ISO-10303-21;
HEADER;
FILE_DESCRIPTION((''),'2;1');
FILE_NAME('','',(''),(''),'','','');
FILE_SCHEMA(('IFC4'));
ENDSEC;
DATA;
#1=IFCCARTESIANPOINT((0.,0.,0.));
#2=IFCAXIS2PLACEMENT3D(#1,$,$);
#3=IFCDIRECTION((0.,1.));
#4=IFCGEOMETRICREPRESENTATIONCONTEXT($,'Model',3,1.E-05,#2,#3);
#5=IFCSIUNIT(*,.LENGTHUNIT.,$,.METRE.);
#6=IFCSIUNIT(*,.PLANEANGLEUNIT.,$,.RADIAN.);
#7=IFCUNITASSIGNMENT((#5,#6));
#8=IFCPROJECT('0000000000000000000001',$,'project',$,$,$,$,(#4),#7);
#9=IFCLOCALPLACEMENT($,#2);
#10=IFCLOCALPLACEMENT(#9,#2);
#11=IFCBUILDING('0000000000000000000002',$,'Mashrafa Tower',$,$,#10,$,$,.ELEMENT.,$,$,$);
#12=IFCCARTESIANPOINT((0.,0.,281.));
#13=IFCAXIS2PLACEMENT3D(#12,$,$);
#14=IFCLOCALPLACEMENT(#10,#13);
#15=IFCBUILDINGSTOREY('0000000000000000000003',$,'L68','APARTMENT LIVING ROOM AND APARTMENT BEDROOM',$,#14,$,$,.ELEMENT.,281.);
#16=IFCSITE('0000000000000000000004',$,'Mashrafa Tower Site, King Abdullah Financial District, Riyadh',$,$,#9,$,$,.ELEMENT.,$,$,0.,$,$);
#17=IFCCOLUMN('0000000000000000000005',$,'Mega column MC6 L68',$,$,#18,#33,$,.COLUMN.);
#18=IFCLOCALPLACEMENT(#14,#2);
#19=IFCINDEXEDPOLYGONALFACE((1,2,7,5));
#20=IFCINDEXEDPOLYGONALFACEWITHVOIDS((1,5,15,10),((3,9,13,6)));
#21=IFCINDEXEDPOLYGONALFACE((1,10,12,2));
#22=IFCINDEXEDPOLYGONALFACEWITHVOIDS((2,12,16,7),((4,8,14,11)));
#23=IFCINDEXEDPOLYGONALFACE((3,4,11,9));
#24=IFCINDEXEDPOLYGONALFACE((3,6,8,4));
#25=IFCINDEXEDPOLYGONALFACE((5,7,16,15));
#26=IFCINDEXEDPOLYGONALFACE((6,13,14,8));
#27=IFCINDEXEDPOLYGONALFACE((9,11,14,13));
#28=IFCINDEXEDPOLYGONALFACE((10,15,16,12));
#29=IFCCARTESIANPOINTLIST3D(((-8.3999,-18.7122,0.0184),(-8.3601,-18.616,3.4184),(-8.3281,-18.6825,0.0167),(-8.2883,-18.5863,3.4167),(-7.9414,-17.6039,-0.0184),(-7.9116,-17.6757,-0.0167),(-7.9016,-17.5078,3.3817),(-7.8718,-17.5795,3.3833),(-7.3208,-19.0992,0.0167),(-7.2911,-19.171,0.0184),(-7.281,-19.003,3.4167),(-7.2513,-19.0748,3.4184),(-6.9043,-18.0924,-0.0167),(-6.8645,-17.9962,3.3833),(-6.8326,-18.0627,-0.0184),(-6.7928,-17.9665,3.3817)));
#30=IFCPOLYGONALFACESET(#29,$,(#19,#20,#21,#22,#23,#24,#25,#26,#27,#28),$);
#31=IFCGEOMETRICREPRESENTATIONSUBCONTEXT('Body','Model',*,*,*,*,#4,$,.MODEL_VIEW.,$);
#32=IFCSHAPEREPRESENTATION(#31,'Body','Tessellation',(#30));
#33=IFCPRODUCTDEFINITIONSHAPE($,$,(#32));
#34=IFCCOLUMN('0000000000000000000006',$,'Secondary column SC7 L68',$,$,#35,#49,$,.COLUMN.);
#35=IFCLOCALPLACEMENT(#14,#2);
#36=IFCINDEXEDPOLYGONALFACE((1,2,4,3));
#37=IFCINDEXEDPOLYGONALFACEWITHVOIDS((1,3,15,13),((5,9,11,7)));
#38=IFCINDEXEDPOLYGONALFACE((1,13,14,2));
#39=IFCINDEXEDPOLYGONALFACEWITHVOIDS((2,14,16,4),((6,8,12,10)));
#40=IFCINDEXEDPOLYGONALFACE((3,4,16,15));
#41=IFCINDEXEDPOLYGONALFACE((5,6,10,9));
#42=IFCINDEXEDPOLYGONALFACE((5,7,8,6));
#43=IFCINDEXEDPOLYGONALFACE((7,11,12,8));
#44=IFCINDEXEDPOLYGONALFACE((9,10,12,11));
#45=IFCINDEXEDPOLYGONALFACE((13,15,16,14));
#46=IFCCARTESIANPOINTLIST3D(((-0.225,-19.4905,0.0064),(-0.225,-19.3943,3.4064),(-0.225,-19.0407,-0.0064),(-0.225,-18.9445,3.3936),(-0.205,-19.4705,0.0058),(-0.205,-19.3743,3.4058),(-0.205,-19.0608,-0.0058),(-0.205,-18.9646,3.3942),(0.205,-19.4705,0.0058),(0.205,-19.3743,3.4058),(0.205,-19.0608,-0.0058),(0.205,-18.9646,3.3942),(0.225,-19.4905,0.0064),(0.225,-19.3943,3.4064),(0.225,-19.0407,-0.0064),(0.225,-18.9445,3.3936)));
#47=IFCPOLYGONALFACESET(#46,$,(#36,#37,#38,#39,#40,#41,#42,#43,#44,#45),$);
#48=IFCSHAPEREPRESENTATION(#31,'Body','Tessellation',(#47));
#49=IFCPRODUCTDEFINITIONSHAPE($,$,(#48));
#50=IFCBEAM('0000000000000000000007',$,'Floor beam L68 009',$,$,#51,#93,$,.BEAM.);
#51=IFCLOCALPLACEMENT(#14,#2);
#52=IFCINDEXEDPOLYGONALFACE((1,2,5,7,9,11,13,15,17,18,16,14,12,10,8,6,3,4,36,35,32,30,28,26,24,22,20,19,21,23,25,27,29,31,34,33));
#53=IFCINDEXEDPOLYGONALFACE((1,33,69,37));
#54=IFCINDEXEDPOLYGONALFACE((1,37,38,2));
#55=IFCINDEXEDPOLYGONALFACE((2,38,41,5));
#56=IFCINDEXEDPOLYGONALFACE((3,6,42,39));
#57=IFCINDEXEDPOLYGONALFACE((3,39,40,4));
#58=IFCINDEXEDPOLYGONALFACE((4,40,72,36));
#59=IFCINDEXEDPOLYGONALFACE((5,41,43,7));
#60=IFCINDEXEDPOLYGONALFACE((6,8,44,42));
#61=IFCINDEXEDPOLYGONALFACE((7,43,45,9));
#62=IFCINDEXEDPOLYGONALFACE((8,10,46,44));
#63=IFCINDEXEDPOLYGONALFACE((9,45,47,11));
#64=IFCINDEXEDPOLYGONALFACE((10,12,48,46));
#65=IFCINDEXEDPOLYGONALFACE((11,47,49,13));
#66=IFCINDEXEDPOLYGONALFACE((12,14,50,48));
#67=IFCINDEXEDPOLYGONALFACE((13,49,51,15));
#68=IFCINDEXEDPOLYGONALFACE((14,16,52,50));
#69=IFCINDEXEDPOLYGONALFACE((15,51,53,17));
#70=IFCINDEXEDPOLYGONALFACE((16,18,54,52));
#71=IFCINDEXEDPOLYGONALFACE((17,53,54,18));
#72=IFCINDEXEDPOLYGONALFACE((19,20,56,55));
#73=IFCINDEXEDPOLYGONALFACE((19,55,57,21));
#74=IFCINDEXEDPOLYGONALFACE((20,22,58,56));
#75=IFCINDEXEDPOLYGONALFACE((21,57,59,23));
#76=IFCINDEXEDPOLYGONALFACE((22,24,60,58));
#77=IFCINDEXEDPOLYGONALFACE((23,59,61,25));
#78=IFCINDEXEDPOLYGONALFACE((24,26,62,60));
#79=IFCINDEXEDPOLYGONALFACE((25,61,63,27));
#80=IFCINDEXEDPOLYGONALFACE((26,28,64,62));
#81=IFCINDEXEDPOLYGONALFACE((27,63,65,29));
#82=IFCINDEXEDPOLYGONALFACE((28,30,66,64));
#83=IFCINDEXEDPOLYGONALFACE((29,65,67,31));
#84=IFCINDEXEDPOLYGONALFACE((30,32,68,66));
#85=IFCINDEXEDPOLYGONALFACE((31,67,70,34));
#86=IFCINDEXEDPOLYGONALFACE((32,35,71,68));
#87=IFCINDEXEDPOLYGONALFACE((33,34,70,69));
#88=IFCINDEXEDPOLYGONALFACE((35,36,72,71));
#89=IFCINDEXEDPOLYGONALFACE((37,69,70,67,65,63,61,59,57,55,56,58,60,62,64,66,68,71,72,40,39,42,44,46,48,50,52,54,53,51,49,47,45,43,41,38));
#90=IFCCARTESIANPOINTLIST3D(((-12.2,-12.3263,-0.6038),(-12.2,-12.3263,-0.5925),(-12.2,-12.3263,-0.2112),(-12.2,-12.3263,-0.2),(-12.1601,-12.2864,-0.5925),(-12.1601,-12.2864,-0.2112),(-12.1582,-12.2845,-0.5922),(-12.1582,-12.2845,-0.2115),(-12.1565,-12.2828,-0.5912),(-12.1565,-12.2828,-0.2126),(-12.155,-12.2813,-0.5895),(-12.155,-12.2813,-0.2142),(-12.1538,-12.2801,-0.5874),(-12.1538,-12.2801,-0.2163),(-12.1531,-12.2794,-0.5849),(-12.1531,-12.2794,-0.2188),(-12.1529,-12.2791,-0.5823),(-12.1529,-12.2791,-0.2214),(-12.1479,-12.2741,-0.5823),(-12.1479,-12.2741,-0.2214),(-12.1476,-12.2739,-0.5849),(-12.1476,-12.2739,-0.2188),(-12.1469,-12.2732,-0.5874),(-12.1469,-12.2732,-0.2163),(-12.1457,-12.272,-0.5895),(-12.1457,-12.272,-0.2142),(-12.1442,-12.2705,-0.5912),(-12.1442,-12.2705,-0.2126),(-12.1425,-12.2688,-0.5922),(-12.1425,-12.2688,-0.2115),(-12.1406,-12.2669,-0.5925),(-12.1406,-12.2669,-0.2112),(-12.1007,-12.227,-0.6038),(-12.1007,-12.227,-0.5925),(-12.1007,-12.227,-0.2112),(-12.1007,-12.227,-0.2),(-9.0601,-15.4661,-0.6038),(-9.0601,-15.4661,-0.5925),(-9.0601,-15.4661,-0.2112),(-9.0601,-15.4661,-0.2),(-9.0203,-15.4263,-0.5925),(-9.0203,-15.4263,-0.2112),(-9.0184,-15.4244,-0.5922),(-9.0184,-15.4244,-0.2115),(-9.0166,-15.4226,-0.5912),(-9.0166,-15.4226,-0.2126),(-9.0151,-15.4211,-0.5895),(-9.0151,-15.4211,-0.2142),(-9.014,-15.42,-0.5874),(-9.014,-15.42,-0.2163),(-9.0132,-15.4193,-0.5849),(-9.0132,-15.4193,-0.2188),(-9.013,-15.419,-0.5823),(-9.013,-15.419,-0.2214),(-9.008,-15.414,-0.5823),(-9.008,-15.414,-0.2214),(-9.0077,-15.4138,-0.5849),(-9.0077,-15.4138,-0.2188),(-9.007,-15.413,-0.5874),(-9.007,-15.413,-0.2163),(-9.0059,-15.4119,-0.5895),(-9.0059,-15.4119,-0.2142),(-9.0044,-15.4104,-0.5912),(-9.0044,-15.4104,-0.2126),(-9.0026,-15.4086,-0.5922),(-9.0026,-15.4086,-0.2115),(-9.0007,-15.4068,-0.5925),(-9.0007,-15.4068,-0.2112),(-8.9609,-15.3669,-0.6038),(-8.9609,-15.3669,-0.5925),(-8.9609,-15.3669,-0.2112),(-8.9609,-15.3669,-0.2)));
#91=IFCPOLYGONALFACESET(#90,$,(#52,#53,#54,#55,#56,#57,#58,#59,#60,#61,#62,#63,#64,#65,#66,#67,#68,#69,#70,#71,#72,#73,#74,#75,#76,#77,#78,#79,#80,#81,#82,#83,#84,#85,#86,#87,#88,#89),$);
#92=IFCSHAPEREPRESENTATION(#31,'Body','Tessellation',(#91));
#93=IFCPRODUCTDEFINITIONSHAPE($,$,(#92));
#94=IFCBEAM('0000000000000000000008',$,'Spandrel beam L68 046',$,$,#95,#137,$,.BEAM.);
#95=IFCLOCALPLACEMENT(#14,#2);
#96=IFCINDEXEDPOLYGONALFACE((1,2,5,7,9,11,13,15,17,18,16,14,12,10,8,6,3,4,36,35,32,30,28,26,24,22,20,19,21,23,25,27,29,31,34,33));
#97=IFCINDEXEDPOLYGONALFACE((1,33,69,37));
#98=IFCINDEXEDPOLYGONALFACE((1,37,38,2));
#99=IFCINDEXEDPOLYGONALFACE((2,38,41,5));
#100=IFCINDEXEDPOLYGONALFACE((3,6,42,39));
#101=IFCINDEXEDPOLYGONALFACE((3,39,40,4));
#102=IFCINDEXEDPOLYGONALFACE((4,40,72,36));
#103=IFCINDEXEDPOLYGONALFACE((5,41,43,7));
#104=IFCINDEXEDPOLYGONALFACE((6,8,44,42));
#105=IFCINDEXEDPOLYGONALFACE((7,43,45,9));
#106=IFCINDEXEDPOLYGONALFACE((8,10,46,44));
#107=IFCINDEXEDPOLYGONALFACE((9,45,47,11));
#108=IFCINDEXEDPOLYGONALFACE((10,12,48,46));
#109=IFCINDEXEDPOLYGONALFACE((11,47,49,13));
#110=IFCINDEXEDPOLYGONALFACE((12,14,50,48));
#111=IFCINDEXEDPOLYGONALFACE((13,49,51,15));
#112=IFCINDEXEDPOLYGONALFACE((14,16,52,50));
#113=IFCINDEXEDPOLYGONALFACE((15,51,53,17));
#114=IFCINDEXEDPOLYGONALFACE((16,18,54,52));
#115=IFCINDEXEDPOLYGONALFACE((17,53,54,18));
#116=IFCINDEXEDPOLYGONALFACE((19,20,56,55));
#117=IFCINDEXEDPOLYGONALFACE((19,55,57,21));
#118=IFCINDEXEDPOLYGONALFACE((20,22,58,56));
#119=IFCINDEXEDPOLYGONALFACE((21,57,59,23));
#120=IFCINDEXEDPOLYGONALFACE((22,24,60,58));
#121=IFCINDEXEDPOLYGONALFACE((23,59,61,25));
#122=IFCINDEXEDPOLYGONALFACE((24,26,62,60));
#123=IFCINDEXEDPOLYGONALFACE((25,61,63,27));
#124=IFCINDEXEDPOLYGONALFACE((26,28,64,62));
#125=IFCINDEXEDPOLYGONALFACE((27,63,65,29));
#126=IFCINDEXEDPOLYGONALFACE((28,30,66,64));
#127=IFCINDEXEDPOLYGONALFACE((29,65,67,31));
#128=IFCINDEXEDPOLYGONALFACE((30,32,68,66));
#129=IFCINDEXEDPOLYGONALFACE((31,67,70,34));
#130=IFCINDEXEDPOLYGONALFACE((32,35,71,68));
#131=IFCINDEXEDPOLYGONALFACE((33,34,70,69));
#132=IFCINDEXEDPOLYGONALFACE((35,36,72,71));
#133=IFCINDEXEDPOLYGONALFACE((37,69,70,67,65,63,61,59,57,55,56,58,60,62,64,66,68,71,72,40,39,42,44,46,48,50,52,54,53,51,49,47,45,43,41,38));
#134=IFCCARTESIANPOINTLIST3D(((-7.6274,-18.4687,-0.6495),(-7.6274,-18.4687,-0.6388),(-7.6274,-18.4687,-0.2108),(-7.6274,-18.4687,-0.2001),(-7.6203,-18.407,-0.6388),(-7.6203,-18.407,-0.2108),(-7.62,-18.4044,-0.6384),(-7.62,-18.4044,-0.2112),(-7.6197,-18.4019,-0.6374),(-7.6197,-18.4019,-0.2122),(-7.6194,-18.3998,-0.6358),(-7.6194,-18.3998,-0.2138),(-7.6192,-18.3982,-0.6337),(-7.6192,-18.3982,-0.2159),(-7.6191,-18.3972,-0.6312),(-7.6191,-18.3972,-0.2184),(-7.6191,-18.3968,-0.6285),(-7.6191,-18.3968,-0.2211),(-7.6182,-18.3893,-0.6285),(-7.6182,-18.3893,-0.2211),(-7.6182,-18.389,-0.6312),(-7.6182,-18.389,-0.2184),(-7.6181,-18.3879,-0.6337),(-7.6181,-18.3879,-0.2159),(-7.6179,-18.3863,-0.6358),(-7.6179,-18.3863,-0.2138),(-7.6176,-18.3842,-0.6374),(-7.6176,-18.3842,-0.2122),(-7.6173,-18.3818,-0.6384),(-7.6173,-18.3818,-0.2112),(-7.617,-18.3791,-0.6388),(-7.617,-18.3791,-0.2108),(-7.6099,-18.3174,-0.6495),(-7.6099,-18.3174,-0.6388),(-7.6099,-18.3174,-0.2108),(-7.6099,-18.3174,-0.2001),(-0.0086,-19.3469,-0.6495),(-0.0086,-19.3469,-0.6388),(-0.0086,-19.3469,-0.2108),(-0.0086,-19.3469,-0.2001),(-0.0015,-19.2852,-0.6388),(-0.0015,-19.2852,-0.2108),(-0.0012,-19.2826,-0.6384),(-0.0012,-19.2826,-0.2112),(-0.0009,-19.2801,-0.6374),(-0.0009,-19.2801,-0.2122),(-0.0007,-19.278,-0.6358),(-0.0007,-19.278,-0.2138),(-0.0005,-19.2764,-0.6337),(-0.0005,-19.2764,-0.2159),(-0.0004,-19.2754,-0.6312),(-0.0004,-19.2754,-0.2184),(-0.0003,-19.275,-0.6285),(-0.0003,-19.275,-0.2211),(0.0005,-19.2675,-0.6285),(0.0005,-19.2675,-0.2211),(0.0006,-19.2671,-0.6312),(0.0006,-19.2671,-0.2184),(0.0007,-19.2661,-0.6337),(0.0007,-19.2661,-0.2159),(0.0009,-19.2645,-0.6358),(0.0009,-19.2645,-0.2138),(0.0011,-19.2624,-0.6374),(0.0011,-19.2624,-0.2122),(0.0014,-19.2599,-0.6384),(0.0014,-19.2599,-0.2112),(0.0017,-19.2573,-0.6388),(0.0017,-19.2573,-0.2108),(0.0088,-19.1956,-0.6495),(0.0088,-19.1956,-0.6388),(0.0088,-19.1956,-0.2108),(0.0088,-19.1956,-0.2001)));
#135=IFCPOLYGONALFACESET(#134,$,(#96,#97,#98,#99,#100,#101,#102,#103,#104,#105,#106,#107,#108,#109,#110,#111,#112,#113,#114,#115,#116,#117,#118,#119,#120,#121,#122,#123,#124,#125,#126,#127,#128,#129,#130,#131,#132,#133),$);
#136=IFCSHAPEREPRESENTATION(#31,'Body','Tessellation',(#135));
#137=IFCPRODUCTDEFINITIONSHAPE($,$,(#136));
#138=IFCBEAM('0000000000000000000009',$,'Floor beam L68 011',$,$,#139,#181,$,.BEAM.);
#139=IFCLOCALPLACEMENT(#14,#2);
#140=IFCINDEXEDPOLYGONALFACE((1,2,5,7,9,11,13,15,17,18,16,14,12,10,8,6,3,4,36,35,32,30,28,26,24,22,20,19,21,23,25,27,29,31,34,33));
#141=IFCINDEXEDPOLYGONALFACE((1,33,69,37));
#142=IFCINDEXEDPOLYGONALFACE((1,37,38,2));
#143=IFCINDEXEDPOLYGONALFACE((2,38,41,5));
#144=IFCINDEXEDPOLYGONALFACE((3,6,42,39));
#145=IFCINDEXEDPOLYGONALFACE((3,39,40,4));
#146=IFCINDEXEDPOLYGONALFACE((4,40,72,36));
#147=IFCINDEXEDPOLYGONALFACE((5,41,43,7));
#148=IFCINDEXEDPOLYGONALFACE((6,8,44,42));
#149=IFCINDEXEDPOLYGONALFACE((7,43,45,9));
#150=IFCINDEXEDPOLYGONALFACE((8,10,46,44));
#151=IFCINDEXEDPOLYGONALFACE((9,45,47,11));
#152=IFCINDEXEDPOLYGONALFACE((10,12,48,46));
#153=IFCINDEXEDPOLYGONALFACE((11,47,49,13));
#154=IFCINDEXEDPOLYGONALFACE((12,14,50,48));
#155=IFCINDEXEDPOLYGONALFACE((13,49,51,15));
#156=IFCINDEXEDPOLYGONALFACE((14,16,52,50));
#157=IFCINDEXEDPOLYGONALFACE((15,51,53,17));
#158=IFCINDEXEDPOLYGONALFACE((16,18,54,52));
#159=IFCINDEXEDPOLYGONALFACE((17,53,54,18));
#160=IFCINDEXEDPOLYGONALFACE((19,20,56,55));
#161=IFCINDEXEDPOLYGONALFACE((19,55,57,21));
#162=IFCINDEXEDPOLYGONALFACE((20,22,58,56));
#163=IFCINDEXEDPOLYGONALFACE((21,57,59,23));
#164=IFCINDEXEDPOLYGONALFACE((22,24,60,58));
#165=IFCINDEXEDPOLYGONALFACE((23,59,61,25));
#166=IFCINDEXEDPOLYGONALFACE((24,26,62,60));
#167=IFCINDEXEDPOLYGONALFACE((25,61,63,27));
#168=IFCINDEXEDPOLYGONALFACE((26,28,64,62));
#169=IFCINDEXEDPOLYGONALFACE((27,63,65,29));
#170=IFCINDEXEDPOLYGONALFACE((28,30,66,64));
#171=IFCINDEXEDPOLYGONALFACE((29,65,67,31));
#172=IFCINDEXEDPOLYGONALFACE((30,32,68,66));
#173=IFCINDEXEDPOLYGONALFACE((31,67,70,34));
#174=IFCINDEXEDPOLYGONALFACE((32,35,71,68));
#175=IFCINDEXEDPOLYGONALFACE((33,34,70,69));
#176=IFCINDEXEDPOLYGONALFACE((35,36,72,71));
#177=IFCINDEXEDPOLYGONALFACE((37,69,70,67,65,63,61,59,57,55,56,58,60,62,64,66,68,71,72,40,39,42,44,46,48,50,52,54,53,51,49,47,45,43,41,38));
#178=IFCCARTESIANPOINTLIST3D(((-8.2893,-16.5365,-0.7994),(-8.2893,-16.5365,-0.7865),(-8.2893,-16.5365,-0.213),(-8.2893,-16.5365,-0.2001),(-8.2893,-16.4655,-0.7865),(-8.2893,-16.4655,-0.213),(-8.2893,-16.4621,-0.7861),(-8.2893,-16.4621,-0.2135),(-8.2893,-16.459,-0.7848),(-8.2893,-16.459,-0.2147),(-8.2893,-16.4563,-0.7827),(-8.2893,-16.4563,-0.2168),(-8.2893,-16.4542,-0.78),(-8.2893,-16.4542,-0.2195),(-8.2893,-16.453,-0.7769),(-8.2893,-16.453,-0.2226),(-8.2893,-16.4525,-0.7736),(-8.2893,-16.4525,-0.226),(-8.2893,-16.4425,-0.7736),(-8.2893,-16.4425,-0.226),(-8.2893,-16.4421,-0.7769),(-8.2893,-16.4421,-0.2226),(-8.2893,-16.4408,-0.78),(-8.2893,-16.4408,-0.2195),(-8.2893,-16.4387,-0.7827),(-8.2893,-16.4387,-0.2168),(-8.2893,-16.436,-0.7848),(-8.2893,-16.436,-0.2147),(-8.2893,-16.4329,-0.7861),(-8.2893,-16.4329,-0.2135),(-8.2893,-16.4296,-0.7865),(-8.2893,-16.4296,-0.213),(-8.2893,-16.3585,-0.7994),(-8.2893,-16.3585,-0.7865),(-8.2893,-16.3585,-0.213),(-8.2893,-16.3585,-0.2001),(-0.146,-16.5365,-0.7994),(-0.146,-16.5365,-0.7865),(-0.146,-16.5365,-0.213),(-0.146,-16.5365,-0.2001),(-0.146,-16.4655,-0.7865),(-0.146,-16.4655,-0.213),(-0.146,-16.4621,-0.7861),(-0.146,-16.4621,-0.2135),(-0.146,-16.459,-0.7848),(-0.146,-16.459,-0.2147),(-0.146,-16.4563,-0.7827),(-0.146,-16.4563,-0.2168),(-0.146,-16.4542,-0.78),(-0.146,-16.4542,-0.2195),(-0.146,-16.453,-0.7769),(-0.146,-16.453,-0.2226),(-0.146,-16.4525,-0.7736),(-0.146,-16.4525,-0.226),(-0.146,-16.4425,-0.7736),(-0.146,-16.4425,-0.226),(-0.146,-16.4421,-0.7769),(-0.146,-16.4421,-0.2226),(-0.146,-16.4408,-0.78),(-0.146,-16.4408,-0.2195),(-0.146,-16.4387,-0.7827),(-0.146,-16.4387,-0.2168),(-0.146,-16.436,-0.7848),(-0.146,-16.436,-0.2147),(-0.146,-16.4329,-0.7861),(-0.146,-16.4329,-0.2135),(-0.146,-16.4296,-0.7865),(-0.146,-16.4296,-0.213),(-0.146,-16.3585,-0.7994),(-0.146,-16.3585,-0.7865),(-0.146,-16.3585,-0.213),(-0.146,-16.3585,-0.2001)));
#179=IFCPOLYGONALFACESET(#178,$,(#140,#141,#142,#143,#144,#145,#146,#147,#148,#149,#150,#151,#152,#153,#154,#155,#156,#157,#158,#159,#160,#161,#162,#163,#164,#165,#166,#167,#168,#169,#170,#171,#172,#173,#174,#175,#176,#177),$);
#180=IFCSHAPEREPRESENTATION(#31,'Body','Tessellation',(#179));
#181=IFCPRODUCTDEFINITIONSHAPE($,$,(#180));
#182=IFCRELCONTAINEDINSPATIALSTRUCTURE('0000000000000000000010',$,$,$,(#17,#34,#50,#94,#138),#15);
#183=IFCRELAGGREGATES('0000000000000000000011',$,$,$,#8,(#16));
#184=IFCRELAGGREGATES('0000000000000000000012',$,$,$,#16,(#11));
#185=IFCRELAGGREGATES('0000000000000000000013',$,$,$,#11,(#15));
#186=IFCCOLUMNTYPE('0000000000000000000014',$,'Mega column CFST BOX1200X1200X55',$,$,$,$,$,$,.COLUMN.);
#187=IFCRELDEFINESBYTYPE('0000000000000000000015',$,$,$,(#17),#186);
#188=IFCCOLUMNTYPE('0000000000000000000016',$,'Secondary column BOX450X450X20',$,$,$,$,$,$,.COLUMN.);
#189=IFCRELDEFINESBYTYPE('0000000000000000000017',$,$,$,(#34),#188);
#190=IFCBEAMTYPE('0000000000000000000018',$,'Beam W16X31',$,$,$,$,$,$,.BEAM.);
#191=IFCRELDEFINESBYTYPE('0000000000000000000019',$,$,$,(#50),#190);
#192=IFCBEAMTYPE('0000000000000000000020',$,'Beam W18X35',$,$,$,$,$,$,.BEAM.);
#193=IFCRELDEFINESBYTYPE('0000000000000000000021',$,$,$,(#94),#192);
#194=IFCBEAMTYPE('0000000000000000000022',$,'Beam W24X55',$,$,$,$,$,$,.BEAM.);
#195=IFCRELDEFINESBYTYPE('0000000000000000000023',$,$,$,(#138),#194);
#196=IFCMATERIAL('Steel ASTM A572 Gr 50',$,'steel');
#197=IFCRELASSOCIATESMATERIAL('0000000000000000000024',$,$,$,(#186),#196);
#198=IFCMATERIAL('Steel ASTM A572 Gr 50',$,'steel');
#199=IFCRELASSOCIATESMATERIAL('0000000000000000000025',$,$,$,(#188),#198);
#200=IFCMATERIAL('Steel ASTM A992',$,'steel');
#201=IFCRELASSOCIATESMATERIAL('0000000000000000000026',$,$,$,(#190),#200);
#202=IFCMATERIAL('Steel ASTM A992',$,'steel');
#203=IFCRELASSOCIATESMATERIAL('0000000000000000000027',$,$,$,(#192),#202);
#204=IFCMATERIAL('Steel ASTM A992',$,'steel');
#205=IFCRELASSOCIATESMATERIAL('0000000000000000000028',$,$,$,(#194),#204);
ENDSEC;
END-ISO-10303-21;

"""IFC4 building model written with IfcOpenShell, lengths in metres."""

from ifc_helpers import new_model, si_unit, direction, frame, origin, origin_2d, place, context, subcontext, project, spatial, hollow_rectangle, i_section, extrude, material, material_profile, profile_set, type_object, element, save


model = new_model("IFC4")

# Units and contexts
model_context = context("Model", 3, precision=1e-05, world=origin(), true_north=direction((0.0, 1.0)))
body_context = subcontext(model_context, "Body", "Model", "MODEL_VIEW")
ifc_project = project(units=[si_unit("LENGTHUNIT", "METRE"), si_unit("PLANEANGLEUNIT", "RADIAN")], contexts=[model_context])

# Site, building, storey
site_placement = place(None, origin())
site = spatial("IfcSite", under=ifc_project, at=site_placement, Name="Mashrafa Tower Site, King Abdullah Financial District, Riyadh", CompositionType="ELEMENT", RefElevation=0.0)
building_placement = place(site_placement, origin())
building = spatial("IfcBuilding", under=site, at=building_placement, Name="Mashrafa Tower", CompositionType="ELEMENT")
storey_placement = place(building_placement, frame((0.0, 0.0, 281.0)))
storey = spatial("IfcBuildingStorey", under=building, at=storey_placement, Name="L68", Description="APARTMENT LIVING ROOM AND APARTMENT BEDROOM", CompositionType="ELEMENT", Elevation=281.0)

# Columns
ifc_material_1 = material(Name="Steel ASTM A572 Gr 50", Category="steel")
ifc_material_profile_1 = material_profile(ifc_material_1, hollow_rectangle(XDim=1.2, YDim=1.2, WallThickness=0.0549, at=origin_2d()), Name="BOX1200X1200X55")
ifc_profile_set_1 = profile_set([ifc_material_profile_1], Name="Steel ASTM A572 Gr 50")
column_type_1 = type_object("IfcColumnType", Name="Mega column CFST BOX1200X1200X55", PredefinedType="COLUMN", material=ifc_profile_set_1)
column_1_placement = place(storey_placement, frame((-7.6162, -18.3875, 0.0), z_axis=(0.011699, 0.028279, 0.999532), x_axis=(-0.924045, 0.382283, 0.0)))
element("IfcColumn", 1, at=column_1_placement, inside=storey, type_object=column_type_1, Name="Mega column MC6 L68", PredefinedType="COLUMN", context=body_context, shape_type="SweptSolid", body=[
    extrude(hollow_rectangle(XDim=1.2, YDim=1.2, WallThickness=0.0549, at=origin_2d()), origin(), (0.0, 0.0, 1.0), 3.4016),
])
ifc_material_2 = material(Name="Steel ASTM A572 Gr 50", Category="steel")
ifc_material_profile_2 = material_profile(ifc_material_2, hollow_rectangle(XDim=0.45, YDim=0.45, WallThickness=0.02, at=origin_2d()), Name="BOX450X450X20")
ifc_profile_set_2 = profile_set([ifc_material_profile_2], Name="Steel ASTM A572 Gr 50")
column_type_2 = type_object("IfcColumnType", Name="Secondary column BOX450X450X20", PredefinedType="COLUMN", material=ifc_profile_set_2)
column_2_placement = place(storey_placement, frame((0.0, -19.2656, 0.0), z_axis=(0.0, 0.028281, 0.9996), x_axis=(-1.0, 0.0, 0.0)))
element("IfcColumn", 2, at=column_2_placement, inside=storey, type_object=column_type_2, Name="Secondary column SC7 L68", PredefinedType="COLUMN", context=body_context, shape_type="SweptSolid", body=[
    extrude(hollow_rectangle(XDim=0.45, YDim=0.45, WallThickness=0.02, at=origin_2d()), origin(), (0.0, 0.0, 1.0), 3.4014),
])

# Beams
ifc_material_3 = material(Name="Steel ASTM A992", Category="steel")
ifc_material_profile_3 = material_profile(ifc_material_3, i_section(OverallWidth=0.1404, OverallDepth=0.4038, WebThickness=0.0071, FlangeThickness=0.0112, FilletRadius=0.0103, at=origin_2d()), Name="W16X31")
ifc_profile_set_3 = profile_set([ifc_material_profile_3], Name="Steel ASTM A992")
beam_type_1 = type_object("IfcBeamType", Name="Beam W16X31", PredefinedType="BEAM", material=ifc_profile_set_3)
beam_1_placement = place(storey_placement, frame((-9.0105, -15.4165, -0.4019), z_axis=(-0.707107, 0.707107, 0.0), x_axis=(-0.707107, -0.707107, 0.0)))
element("IfcBeam", 3, at=beam_1_placement, inside=storey, type_object=beam_type_1, Name="Floor beam L68 009", PredefinedType="BEAM", context=body_context, shape_type="SweptSolid", body=[
    extrude(i_section(OverallWidth=0.1404, OverallDepth=0.4038, WebThickness=0.0071, FlangeThickness=0.0112, FilletRadius=0.0103, at=origin_2d()), origin(), (0.0, 0.0, 1.0), 4.4404),
])
ifc_material_4 = material(Name="Steel ASTM A992", Category="steel")
ifc_material_profile_4 = material_profile(ifc_material_4, i_section(OverallWidth=0.1523, OverallDepth=0.4495, WebThickness=0.0076, FlangeThickness=0.0107, FilletRadius=0.0103, at=origin_2d()), Name="W18X35")
ifc_profile_set_4 = profile_set([ifc_material_profile_4], Name="Steel ASTM A992")
beam_type_2 = type_object("IfcBeamType", Name="Beam W18X35", PredefinedType="BEAM", material=ifc_profile_set_4)
beam_2_placement = place(storey_placement, frame((-7.6187, -18.3931, -0.4248), z_axis=(0.993422, -0.114508, 0.0), x_axis=(0.114508, 0.993422, 0.0)))
element("IfcBeam", 4, at=beam_2_placement, inside=storey, type_object=beam_type_2, Name="Spandrel beam L68 046", PredefinedType="BEAM", context=body_context, shape_type="SweptSolid", body=[
    extrude(i_section(OverallWidth=0.1523, OverallDepth=0.4495, WebThickness=0.0076, FlangeThickness=0.0107, FilletRadius=0.0103, at=origin_2d()), origin(), (0.0, 0.0, 1.0), 7.6692),
])
ifc_material_5 = material(Name="Steel ASTM A992", Category="steel")
ifc_material_profile_5 = material_profile(ifc_material_5, i_section(OverallWidth=0.178, OverallDepth=0.5994, WebThickness=0.01, FlangeThickness=0.0129, FilletRadius=0.0129, at=origin_2d()), Name="W24X55")
ifc_profile_set_5 = profile_set([ifc_material_profile_5], Name="Steel ASTM A992")
beam_type_3 = type_object("IfcBeamType", Name="Beam W24X55", PredefinedType="BEAM", material=ifc_profile_set_5)
beam_3_placement = place(storey_placement, frame((-0.146, -16.4475, -0.4998), z_axis=(-1.0, 0.0, 0.0), x_axis=(0.0, -1.0, 0.0)))
element("IfcBeam", 5, at=beam_3_placement, inside=storey, type_object=beam_type_3, Name="Floor beam L68 011", PredefinedType="BEAM", context=body_context, shape_type="SweptSolid", body=[
    extrude(i_section(OverallWidth=0.178, OverallDepth=0.5994, WebThickness=0.01, FlangeThickness=0.0129, FilletRadius=0.0129, at=origin_2d()), origin(), (0.0, 0.0, 1.0), 8.1433),
])

save(model, "model.ifc")
